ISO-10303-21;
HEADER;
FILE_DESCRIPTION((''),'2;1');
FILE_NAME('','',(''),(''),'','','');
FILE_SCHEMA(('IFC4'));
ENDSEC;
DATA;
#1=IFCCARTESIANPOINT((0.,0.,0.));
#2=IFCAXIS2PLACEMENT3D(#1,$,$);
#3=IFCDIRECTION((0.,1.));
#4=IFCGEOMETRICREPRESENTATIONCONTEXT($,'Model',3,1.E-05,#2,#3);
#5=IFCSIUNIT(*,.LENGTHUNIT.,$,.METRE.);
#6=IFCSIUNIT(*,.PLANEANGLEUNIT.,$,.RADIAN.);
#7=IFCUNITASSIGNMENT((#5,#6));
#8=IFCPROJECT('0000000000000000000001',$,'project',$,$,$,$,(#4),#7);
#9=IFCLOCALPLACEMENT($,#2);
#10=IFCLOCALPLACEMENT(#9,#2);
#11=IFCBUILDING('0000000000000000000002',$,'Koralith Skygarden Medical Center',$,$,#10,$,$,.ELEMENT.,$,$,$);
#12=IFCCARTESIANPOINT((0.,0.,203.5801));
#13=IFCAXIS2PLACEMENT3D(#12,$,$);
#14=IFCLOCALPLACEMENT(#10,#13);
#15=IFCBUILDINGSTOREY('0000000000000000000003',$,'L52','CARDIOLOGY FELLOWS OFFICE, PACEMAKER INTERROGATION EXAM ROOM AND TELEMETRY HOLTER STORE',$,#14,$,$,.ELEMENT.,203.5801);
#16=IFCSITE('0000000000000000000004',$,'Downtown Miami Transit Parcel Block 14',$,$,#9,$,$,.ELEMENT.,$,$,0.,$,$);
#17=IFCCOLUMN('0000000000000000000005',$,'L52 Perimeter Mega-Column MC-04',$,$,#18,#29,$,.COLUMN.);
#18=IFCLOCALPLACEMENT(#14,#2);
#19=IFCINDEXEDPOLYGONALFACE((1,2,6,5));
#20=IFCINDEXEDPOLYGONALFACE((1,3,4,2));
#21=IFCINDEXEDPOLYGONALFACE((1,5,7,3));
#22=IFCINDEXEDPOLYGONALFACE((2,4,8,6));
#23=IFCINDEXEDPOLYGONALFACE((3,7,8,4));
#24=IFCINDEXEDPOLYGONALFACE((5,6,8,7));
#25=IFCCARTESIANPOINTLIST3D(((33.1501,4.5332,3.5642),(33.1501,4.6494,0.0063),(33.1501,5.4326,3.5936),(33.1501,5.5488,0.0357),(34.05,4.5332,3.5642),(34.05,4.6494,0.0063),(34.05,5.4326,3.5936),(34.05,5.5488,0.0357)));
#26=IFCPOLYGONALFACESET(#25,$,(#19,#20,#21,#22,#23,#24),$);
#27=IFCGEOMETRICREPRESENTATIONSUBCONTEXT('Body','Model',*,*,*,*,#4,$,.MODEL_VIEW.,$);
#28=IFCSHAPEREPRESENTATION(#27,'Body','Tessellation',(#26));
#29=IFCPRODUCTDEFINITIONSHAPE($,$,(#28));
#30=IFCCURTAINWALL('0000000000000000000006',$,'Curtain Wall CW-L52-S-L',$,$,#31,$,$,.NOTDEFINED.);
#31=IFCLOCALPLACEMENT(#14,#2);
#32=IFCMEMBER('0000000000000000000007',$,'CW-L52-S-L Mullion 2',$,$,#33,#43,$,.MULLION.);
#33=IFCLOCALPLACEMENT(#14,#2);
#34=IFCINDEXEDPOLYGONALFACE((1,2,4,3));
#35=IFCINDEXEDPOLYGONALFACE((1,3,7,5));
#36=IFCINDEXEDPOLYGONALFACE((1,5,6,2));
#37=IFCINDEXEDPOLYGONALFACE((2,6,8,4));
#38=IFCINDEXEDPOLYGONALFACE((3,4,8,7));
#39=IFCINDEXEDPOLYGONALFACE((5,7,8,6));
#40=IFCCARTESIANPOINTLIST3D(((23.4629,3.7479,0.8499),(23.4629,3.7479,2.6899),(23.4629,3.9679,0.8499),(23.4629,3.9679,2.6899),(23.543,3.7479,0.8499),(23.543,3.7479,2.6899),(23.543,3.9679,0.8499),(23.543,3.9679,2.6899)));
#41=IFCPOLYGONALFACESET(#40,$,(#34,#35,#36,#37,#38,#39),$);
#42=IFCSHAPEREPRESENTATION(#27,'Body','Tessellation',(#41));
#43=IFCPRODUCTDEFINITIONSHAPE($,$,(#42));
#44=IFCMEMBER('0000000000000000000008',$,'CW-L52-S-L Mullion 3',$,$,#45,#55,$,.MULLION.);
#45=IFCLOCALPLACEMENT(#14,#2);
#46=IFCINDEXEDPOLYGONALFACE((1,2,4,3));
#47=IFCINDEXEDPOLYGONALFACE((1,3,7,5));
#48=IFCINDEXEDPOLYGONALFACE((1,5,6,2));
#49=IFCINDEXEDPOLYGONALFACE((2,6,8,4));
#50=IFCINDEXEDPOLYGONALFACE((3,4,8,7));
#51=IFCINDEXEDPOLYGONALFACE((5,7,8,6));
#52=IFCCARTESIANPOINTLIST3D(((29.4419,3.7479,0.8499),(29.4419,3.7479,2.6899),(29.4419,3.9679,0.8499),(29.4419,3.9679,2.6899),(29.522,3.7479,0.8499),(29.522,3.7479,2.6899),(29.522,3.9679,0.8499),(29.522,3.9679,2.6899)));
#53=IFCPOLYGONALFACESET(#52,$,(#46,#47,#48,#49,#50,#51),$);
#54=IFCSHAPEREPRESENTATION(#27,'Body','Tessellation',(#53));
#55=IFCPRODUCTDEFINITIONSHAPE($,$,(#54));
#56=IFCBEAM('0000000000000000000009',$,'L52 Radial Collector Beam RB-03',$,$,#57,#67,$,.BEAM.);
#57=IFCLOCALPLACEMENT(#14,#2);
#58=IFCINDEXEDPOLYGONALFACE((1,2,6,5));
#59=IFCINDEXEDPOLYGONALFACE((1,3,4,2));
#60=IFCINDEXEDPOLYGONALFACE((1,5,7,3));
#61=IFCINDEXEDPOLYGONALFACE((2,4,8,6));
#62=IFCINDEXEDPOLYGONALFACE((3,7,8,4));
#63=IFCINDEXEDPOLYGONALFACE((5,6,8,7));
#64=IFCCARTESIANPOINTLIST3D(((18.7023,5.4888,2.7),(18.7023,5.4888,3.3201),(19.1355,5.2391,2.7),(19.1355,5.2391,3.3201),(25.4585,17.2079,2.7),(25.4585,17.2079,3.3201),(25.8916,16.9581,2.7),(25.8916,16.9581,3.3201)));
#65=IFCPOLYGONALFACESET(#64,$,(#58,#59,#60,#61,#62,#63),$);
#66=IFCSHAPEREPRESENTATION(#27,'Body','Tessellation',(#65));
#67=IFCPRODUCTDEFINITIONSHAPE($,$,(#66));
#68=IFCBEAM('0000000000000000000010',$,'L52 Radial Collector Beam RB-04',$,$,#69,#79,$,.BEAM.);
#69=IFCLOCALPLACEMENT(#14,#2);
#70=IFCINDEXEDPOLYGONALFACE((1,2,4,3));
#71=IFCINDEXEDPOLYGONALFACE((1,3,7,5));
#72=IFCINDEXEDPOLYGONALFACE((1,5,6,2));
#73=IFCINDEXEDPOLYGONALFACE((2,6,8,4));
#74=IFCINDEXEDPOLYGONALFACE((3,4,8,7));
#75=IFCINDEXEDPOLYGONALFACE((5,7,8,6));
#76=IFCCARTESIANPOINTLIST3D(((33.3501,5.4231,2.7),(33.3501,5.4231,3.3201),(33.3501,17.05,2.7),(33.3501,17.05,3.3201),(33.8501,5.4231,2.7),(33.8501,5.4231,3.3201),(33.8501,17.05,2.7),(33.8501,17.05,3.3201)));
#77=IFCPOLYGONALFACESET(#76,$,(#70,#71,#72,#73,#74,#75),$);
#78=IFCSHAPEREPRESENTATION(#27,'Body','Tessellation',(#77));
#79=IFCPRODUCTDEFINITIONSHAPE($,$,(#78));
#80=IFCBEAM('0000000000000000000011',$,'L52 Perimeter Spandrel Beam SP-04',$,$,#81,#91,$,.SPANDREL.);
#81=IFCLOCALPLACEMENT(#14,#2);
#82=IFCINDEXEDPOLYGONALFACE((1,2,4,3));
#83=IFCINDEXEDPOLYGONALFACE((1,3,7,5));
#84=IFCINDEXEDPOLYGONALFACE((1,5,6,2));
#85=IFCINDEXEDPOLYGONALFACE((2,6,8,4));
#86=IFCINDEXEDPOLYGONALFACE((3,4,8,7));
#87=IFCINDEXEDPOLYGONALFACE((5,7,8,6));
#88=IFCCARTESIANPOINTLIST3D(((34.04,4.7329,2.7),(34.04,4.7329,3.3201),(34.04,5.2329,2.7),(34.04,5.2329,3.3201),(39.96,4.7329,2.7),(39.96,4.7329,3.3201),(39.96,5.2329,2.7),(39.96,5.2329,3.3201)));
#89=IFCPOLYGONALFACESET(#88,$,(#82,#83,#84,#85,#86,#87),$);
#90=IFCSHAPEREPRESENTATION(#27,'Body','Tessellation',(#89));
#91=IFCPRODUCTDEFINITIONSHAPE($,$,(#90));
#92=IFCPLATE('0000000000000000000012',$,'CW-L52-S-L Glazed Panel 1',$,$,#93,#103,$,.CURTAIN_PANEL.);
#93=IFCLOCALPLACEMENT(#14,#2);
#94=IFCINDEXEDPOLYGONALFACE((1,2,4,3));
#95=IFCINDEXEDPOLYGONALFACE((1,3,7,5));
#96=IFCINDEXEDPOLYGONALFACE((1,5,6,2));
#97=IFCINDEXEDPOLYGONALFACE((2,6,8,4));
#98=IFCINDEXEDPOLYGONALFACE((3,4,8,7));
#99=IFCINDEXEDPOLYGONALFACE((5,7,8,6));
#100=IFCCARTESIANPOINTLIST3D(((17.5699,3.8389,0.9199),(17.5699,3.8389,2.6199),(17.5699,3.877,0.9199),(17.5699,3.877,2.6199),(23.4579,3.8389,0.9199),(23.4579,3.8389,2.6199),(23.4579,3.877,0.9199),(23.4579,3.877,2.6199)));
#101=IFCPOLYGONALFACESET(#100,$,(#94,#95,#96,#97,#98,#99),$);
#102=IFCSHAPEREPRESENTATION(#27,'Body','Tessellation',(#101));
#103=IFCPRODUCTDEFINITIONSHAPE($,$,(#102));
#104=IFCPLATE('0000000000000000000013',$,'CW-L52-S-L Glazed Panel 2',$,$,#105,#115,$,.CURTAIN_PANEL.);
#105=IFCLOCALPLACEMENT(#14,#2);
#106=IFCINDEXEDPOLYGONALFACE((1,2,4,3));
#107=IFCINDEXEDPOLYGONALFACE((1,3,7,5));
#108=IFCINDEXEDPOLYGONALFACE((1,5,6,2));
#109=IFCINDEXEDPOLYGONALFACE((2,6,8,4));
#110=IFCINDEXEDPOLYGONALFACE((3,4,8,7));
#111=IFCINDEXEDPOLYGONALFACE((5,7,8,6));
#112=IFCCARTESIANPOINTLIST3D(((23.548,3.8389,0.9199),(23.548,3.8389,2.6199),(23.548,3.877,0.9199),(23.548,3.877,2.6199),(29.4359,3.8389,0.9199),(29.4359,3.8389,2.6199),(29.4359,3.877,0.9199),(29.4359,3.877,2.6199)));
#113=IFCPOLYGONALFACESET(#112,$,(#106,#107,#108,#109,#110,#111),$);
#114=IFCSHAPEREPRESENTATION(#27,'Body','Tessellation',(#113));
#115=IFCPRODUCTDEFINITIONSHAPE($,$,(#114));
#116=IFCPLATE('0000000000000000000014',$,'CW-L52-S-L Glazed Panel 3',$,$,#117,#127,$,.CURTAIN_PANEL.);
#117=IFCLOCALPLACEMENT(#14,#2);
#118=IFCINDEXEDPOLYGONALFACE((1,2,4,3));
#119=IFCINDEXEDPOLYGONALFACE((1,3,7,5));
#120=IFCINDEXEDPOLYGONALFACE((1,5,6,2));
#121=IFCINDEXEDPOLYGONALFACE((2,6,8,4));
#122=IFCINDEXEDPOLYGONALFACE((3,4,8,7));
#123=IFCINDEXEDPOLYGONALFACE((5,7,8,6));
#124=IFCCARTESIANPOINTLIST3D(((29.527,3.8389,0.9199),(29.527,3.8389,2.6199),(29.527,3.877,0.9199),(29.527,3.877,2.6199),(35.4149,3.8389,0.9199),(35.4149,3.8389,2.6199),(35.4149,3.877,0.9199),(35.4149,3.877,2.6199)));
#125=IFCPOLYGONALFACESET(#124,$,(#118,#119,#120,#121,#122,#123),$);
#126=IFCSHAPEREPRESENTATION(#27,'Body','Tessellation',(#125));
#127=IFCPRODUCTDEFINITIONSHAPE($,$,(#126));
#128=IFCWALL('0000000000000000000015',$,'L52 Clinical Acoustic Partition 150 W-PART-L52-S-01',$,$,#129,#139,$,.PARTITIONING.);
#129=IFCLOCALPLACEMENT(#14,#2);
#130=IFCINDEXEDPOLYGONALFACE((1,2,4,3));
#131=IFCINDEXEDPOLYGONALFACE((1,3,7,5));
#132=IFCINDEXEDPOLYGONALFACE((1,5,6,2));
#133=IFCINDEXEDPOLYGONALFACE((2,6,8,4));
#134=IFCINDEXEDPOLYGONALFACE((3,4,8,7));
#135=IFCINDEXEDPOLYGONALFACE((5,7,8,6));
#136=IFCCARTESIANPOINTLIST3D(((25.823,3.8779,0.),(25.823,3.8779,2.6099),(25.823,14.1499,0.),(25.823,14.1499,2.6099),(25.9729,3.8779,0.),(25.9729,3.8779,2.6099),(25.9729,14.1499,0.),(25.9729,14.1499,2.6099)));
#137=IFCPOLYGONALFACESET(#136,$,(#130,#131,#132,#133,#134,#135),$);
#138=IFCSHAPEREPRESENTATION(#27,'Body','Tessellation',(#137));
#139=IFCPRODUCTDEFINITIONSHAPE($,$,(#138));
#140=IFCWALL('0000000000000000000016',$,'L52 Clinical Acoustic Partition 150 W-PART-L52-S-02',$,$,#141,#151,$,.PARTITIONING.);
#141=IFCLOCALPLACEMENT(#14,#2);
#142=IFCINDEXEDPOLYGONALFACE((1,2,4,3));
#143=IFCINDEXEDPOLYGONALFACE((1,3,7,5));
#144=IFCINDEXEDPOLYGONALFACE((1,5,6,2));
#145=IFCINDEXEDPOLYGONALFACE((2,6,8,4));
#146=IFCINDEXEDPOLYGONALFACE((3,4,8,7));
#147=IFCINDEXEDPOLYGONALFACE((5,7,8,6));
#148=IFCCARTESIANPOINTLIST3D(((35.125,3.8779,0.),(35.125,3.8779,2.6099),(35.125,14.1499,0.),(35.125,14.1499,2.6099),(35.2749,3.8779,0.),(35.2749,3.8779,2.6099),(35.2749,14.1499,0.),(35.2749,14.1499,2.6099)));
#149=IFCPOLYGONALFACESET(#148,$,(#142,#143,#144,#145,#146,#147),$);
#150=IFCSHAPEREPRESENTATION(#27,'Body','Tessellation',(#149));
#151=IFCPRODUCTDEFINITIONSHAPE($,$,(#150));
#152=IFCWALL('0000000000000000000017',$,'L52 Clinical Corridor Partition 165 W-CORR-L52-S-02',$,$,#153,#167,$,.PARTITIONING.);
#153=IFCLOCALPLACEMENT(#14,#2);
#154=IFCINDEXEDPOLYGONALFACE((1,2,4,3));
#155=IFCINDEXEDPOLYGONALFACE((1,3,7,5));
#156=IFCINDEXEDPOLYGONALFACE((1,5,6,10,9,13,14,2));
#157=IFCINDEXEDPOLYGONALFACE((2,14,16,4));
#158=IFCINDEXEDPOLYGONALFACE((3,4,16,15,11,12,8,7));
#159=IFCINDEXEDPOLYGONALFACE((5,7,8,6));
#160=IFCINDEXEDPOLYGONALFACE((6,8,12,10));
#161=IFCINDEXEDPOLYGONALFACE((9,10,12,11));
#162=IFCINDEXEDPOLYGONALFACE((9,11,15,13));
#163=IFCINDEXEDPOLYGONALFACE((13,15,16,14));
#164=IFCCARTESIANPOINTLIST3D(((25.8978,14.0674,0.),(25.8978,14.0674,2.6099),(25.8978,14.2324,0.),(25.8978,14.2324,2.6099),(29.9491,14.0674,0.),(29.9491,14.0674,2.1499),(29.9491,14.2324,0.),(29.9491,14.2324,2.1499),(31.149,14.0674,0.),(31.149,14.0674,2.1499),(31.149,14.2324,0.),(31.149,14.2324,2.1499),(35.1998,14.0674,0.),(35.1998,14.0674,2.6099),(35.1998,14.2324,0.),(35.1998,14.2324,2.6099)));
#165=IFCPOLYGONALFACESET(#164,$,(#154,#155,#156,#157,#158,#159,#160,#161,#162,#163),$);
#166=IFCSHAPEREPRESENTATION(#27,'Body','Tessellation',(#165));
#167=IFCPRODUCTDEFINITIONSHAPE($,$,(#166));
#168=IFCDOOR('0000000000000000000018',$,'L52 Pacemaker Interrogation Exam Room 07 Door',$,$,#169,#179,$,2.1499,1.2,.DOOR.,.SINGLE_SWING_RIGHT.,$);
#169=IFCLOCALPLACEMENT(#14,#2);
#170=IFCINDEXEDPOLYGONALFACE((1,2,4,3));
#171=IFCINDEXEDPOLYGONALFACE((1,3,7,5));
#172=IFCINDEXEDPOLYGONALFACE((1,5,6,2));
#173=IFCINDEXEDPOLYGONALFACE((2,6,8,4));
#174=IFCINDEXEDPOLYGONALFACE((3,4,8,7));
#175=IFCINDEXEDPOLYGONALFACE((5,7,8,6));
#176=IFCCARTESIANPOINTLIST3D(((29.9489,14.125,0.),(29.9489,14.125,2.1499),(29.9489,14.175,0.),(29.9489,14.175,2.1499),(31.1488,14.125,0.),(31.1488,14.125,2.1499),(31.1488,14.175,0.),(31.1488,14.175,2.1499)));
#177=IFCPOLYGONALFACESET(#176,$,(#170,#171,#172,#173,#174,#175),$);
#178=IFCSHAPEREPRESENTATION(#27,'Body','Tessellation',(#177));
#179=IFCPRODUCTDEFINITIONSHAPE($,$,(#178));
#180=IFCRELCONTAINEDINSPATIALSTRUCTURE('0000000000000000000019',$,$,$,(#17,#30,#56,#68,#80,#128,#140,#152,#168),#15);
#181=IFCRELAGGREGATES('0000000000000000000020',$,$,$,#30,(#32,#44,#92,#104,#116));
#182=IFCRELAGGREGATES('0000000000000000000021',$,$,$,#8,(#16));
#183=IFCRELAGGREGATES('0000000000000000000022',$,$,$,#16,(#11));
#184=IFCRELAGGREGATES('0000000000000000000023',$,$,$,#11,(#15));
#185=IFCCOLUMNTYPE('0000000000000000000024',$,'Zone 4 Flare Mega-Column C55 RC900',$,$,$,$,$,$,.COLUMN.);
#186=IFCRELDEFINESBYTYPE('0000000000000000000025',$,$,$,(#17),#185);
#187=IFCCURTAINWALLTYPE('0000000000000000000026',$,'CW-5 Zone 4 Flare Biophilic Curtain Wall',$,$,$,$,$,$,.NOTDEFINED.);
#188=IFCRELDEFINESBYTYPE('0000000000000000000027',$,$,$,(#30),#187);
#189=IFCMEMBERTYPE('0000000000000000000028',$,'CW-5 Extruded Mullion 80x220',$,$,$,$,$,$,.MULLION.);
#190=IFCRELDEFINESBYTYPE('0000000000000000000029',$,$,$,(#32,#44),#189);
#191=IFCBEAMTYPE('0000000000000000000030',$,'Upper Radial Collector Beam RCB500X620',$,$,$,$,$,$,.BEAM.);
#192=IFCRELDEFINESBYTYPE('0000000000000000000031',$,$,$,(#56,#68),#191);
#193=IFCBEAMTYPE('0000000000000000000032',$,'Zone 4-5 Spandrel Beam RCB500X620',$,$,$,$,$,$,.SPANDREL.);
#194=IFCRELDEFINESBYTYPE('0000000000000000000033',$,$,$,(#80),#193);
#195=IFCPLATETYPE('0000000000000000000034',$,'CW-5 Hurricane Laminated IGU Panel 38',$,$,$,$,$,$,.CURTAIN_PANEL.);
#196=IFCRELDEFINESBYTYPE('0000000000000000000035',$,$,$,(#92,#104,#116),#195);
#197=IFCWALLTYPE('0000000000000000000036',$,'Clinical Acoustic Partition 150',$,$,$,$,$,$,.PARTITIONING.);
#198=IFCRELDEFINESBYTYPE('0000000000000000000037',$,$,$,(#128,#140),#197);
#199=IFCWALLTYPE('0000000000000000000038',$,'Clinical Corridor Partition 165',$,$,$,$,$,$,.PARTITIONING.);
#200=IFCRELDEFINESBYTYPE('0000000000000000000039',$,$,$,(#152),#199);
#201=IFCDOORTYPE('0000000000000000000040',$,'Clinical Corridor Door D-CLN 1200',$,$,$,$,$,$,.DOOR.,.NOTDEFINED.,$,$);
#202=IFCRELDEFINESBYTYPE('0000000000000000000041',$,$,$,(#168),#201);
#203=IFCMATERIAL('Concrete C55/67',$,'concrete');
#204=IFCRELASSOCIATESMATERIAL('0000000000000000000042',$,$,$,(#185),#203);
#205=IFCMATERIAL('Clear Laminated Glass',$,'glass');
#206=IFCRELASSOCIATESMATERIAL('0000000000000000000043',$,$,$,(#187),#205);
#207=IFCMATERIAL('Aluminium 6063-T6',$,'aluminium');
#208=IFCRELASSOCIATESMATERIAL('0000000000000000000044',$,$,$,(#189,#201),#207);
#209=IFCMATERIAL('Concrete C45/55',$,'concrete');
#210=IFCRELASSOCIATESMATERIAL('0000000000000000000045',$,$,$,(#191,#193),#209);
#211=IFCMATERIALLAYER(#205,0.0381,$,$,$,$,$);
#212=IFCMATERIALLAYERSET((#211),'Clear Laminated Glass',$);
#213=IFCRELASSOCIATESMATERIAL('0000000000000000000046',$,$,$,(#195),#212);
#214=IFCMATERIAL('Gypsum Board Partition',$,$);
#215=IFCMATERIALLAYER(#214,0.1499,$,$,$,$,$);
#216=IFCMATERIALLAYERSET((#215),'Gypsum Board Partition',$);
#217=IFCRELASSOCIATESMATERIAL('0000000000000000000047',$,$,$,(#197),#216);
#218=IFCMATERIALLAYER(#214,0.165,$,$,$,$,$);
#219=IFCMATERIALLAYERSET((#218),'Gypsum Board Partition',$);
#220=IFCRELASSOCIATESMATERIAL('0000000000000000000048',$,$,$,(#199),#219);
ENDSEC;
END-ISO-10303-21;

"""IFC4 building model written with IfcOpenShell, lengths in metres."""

from ifc_helpers import new_model, si_unit, direction, frame, frame_2d, origin, origin_2d, place, context, subcontext, project, spatial, rectangle, extrude, material, layer, layer_set, material_profile, profile_set, type_object, element, fill, aggregate, save


model = new_model("IFC4")

# Units and contexts
model_context = context("Model", 3, precision=1e-05, world=origin(), true_north=direction((0.0, 1.0)))
body_context = subcontext(model_context, "Body", "Model", "MODEL_VIEW")
ifc_project = project(units=[si_unit("LENGTHUNIT", "METRE"), si_unit("PLANEANGLEUNIT", "RADIAN")], contexts=[model_context])

# Site, building, storey
site_placement = place(None, origin())
site = spatial("IfcSite", under=ifc_project, at=site_placement, Name="Downtown Miami Transit Parcel Block 14", CompositionType="ELEMENT", RefElevation=0.0)
building_placement = place(site_placement, origin())
building = spatial("IfcBuilding", under=site, at=building_placement, Name="Koralith Skygarden Medical Center", CompositionType="ELEMENT")
storey_placement = place(building_placement, frame((0.0, 0.0, 203.5801)))
storey = spatial("IfcBuildingStorey", under=building, at=storey_placement, Name="L52", Description="CARDIOLOGY FELLOWS OFFICE, PACEMAKER INTERROGATION EXAM ROOM AND TELEMETRY HOLTER STORE", CompositionType="ELEMENT", Elevation=203.5801)

# Column
ifc_material_1 = material(Name="Concrete C55/67", Category="concrete")
ifc_material_profile_1 = material_profile(ifc_material_1, rectangle(XDim=0.8999, YDim=0.8999, at=origin_2d()), Name="RC900X900")
ifc_profile_set_1 = profile_set([ifc_material_profile_1], Name="Concrete C55/67")
column_type = type_object("IfcColumnType", Name="Zone 4 Flare Mega-Column C55 RC900", PredefinedType="COLUMN", material=ifc_profile_set_1)
column_placement = place(storey_placement, frame((33.6001, 5.0991, 0.021), z_axis=(0.0, -0.032646, 0.999467), x_axis=(1.0, 0.0, 0.0)))
element("IfcColumn", 1, at=column_placement, inside=storey, type_object=column_type, Name="L52 Perimeter Mega-Column MC-04", PredefinedType="COLUMN", context=body_context, shape_type="SweptSolid", body=[
    extrude(rectangle(XDim=0.8999, YDim=0.8999, at=origin_2d()), origin(), (0.0, 0.0, 1.0), 3.5598),
])

# Curtain wall, members
ifc_material_2 = material(Name="Clear Laminated Glass", Category="glass")
curtain_wall_type = type_object("IfcCurtainWallType", Name="CW-5 Zone 4 Flare Biophilic Curtain Wall", PredefinedType="NOTDEFINED", material=ifc_material_2)
curtain_wall_placement = place(storey_placement, origin())
curtain_wall = element("IfcCurtainWall", 2, at=curtain_wall_placement, inside=storey, type_object=curtain_wall_type, Name="Curtain Wall CW-L52-S-L", PredefinedType="NOTDEFINED")
ifc_material_3 = material(Name="Aluminium 6063-T6", Category="aluminium")
ifc_material_profile_2 = material_profile(ifc_material_3, rectangle(XDim=0.0801, YDim=0.22, at=origin_2d()), Name="MUL80X220")
ifc_profile_set_2 = profile_set([ifc_material_profile_2], Name="Aluminium 6063-T6")
member_type = type_object("IfcMemberType", Name="CW-5 Extruded Mullion 80x220", PredefinedType="MULLION", material=ifc_profile_set_2)
member_1_placement = place(storey_placement, frame((23.5029, 3.8579, 0.8499), z_axis=(0.0, 0.0, 1.0), x_axis=(1.0, 0.0, 0.0)))
member_1 = element("IfcMember", 3, at=member_1_placement, type_object=member_type, Name="CW-L52-S-L Mullion 2", PredefinedType="MULLION", context=body_context, shape_type="SweptSolid", body=[
    extrude(rectangle(XDim=0.0801, YDim=0.22, at=origin_2d()), origin(), (0.0, 0.0, 1.0), 1.8401),
])
member_2_placement = place(storey_placement, frame((29.4819, 3.8579, 0.8499), z_axis=(0.0, 0.0, 1.0), x_axis=(1.0, 0.0, 0.0)))
member_2 = element("IfcMember", 4, at=member_2_placement, type_object=member_type, Name="CW-L52-S-L Mullion 3", PredefinedType="MULLION", context=body_context, shape_type="SweptSolid", body=[
    extrude(rectangle(XDim=0.0801, YDim=0.22, at=origin_2d()), origin(), (0.0, 0.0, 1.0), 1.8401),
])

# Beams
ifc_material_4 = material(Name="Concrete C45/55", Category="concrete")
ifc_material_profile_3 = material_profile(ifc_material_4, rectangle(XDim=0.5, YDim=0.6201, at=origin_2d()), Name="RCB500X620")
ifc_profile_set_3 = profile_set([ifc_material_profile_3], Name="Concrete C45/55")
beam_type_1 = type_object("IfcBeamType", Name="Upper Radial Collector Beam RCB500X620", PredefinedType="BEAM", material=ifc_profile_set_3)
beam_1_placement = place(storey_placement, frame((25.675, 17.083, 3.01), z_axis=(-0.499453, -0.866341, 0.0), x_axis=(0.866341, -0.499453, 0.0)))
element("IfcBeam", 5, at=beam_1_placement, inside=storey, type_object=beam_type_1, Name="L52 Radial Collector Beam RB-03", PredefinedType="BEAM", context=body_context, shape_type="SweptSolid", body=[
    extrude(rectangle(XDim=0.5, YDim=0.6201, at=origin_2d()), origin(), (0.0, 0.0, 1.0), 13.5271),
])
beam_2_placement = place(storey_placement, frame((33.6001, 17.05, 3.01), z_axis=(0.0, -1.0, 0.0), x_axis=(1.0, 0.0, 0.0)))
element("IfcBeam", 6, at=beam_2_placement, inside=storey, type_object=beam_type_1, Name="L52 Radial Collector Beam RB-04", PredefinedType="BEAM", context=body_context, shape_type="SweptSolid", body=[
    extrude(rectangle(XDim=0.5, YDim=0.6201, at=origin_2d()), origin(), (0.0, 0.0, 1.0), 11.627),
])
ifc_material_profile_4 = material_profile(ifc_material_4, rectangle(XDim=0.5, YDim=0.6201, at=origin_2d()), Name="RCB500X620")
ifc_profile_set_4 = profile_set([ifc_material_profile_4], Name="Concrete C45/55")
beam_type_2 = type_object("IfcBeamType", Name="Zone 4-5 Spandrel Beam RCB500X620", PredefinedType="SPANDREL", material=ifc_profile_set_4)
beam_3_placement = place(storey_placement, frame((34.04, 4.9829, 3.01), z_axis=(1.0, 0.0, 0.0), x_axis=(0.0, 1.0, 0.0)))
element("IfcBeam", 7, at=beam_3_placement, inside=storey, type_object=beam_type_2, Name="L52 Perimeter Spandrel Beam SP-04", PredefinedType="SPANDREL", context=body_context, shape_type="SweptSolid", body=[
    extrude(rectangle(XDim=0.5, YDim=0.6201, at=origin_2d()), origin(), (0.0, 0.0, 1.0), 5.9199),
])

# Plates
ifc_layer_1 = layer(ifc_material_2, 0.0381)
ifc_layer_set_1 = layer_set([ifc_layer_1], Name="Clear Laminated Glass")
plate_type = type_object("IfcPlateType", Name="CW-5 Hurricane Laminated IGU Panel 38", PredefinedType="CURTAIN_PANEL", material=ifc_layer_set_1)
plate_1_placement = place(storey_placement, frame((20.5139, 3.8579, 0.9199), z_axis=(0.0, 0.0, 1.0), x_axis=(1.0, 0.0, 0.0)))
plate_1 = element("IfcPlate", 8, at=plate_1_placement, type_object=plate_type, Name="CW-L52-S-L Glazed Panel 1", PredefinedType="CURTAIN_PANEL", context=body_context, shape_type="SweptSolid", body=[
    extrude(rectangle(XDim=5.8879, YDim=0.0381, at=origin_2d()), origin(), (0.0, 0.0, 1.0), 1.7),
])
plate_2_placement = place(storey_placement, frame((26.4919, 3.8579, 0.9199), z_axis=(0.0, 0.0, 1.0), x_axis=(1.0, 0.0, 0.0)))
plate_2 = element("IfcPlate", 9, at=plate_2_placement, type_object=plate_type, Name="CW-L52-S-L Glazed Panel 2", PredefinedType="CURTAIN_PANEL", context=body_context, shape_type="SweptSolid", body=[
    extrude(rectangle(XDim=5.8879, YDim=0.0381, at=origin_2d()), origin(), (0.0, 0.0, 1.0), 1.7),
])
plate_3_placement = place(storey_placement, frame((32.4709, 3.8579, 0.9199), z_axis=(0.0, 0.0, 1.0), x_axis=(1.0, 0.0, 0.0)))
plate_3 = element("IfcPlate", 10, at=plate_3_placement, type_object=plate_type, Name="CW-L52-S-L Glazed Panel 3", PredefinedType="CURTAIN_PANEL", context=body_context, shape_type="SweptSolid", body=[
    extrude(rectangle(XDim=5.8879, YDim=0.0381, at=origin_2d()), origin(), (0.0, 0.0, 1.0), 1.7),
])
aggregate(curtain_wall, [member_1, member_2, plate_1, plate_2, plate_3])

# Walls
ifc_material_5 = material(Name="Gypsum Board Partition")
ifc_layer_2 = layer(ifc_material_5, 0.1499)
ifc_layer_set_2 = layer_set([ifc_layer_2], Name="Gypsum Board Partition")
wall_type_1 = type_object("IfcWallType", Name="Clinical Acoustic Partition 150", PredefinedType="PARTITIONING", material=ifc_layer_set_2)
for number, where, z_axis, x_axis, name in (
    (11, (25.8979, 14.1499, 0.0), (0.0, 0.0, 1.0), (0.0, -1.0, 0.0), "L52 Clinical Acoustic Partition 150 W-PART-L52-S-01"),
    (12, (35.2, 14.1499, 0.0), (0.0, 0.0, 1.0), (0.0, -1.0, 0.0), "L52 Clinical Acoustic Partition 150 W-PART-L52-S-02"),
):
    element("IfcWall", number, at=place(storey_placement, frame(where, z_axis=z_axis, x_axis=x_axis)), inside=storey, type_object=wall_type_1, Name=name, PredefinedType="PARTITIONING", context=body_context, shape_type="SweptSolid", body=[
        extrude(rectangle(XDim=10.272, YDim=0.1499, at=frame_2d((5.136, 0.0))), origin(), (0.0, 0.0, 1.0), 2.6099),
    ])

# Wall, opening, door
ifc_layer_3 = layer(ifc_material_5, 0.165)
ifc_layer_set_3 = layer_set([ifc_layer_3], Name="Gypsum Board Partition")
wall_type_2 = type_object("IfcWallType", Name="Clinical Corridor Partition 165", PredefinedType="PARTITIONING", material=ifc_layer_set_3)
door_type = type_object("IfcDoorType", Name="Clinical Corridor Door D-CLN 1200", OperationType="NOTDEFINED", PredefinedType="DOOR", material=ifc_material_3)
wall_1_placement = place(storey_placement, frame((25.8979, 14.1499, 0.0), z_axis=(0.0, 0.0, 1.0), x_axis=(1.0, 0.0, 0.0)))
wall_1 = element("IfcWall", 13, at=wall_1_placement, inside=storey, type_object=wall_type_2, Name="L52 Clinical Corridor Partition 165 W-CORR-L52-S-02", PredefinedType="PARTITIONING", context=body_context, shape_type="SweptSolid", body=[
    extrude(rectangle(XDim=9.302, YDim=0.165, at=frame_2d((4.6509, 0.0))), origin(), (0.0, 0.0, 1.0), 2.6099),
])
opening_1_placement = place(wall_1_placement, frame((4.051, 0.0, 0.0)))
opening_1 = element("IfcOpeningElement", 14, at=opening_1_placement, cuts=wall_1, PredefinedType="OPENING", context=body_context, shape_type="SweptSolid", body=[
    extrude(rectangle(XDim=1.2, YDim=2.1499, at=frame_2d((0.6001, 1.075))), frame((0.0, 0.0925, 0.0), z_axis=(0.0, -1.0, 0.0), x_axis=(1.0, 0.0, 0.0)), (0.0, 0.0, 1.0), 0.1851),
])
door_1_placement = place(opening_1_placement, frame((1.2, 0.0, 0.0), z_axis=(0.0, 0.0, 1.0), x_axis=(-1.0, 0.0, 0.0)))
door_1 = element("IfcDoor", 15, at=door_1_placement, inside=storey, type_object=door_type, Name="L52 Pacemaker Interrogation Exam Room 07 Door", OperationType="SINGLE_SWING_RIGHT", OverallHeight=2.1499, OverallWidth=1.2, PredefinedType="DOOR", context=body_context, shape_type="SweptSolid", body=[
    extrude(rectangle(XDim=1.2, YDim=2.1499, at=frame_2d((0.6001, 1.075))), frame((0.0, 0.0249, 0.0), z_axis=(0.0, -1.0, 0.0), x_axis=(1.0, 0.0, 0.0)), (0.0, 0.0, 1.0), 0.05),
])
fill(opening_1, door_1)

save(model, "model.ifc")
